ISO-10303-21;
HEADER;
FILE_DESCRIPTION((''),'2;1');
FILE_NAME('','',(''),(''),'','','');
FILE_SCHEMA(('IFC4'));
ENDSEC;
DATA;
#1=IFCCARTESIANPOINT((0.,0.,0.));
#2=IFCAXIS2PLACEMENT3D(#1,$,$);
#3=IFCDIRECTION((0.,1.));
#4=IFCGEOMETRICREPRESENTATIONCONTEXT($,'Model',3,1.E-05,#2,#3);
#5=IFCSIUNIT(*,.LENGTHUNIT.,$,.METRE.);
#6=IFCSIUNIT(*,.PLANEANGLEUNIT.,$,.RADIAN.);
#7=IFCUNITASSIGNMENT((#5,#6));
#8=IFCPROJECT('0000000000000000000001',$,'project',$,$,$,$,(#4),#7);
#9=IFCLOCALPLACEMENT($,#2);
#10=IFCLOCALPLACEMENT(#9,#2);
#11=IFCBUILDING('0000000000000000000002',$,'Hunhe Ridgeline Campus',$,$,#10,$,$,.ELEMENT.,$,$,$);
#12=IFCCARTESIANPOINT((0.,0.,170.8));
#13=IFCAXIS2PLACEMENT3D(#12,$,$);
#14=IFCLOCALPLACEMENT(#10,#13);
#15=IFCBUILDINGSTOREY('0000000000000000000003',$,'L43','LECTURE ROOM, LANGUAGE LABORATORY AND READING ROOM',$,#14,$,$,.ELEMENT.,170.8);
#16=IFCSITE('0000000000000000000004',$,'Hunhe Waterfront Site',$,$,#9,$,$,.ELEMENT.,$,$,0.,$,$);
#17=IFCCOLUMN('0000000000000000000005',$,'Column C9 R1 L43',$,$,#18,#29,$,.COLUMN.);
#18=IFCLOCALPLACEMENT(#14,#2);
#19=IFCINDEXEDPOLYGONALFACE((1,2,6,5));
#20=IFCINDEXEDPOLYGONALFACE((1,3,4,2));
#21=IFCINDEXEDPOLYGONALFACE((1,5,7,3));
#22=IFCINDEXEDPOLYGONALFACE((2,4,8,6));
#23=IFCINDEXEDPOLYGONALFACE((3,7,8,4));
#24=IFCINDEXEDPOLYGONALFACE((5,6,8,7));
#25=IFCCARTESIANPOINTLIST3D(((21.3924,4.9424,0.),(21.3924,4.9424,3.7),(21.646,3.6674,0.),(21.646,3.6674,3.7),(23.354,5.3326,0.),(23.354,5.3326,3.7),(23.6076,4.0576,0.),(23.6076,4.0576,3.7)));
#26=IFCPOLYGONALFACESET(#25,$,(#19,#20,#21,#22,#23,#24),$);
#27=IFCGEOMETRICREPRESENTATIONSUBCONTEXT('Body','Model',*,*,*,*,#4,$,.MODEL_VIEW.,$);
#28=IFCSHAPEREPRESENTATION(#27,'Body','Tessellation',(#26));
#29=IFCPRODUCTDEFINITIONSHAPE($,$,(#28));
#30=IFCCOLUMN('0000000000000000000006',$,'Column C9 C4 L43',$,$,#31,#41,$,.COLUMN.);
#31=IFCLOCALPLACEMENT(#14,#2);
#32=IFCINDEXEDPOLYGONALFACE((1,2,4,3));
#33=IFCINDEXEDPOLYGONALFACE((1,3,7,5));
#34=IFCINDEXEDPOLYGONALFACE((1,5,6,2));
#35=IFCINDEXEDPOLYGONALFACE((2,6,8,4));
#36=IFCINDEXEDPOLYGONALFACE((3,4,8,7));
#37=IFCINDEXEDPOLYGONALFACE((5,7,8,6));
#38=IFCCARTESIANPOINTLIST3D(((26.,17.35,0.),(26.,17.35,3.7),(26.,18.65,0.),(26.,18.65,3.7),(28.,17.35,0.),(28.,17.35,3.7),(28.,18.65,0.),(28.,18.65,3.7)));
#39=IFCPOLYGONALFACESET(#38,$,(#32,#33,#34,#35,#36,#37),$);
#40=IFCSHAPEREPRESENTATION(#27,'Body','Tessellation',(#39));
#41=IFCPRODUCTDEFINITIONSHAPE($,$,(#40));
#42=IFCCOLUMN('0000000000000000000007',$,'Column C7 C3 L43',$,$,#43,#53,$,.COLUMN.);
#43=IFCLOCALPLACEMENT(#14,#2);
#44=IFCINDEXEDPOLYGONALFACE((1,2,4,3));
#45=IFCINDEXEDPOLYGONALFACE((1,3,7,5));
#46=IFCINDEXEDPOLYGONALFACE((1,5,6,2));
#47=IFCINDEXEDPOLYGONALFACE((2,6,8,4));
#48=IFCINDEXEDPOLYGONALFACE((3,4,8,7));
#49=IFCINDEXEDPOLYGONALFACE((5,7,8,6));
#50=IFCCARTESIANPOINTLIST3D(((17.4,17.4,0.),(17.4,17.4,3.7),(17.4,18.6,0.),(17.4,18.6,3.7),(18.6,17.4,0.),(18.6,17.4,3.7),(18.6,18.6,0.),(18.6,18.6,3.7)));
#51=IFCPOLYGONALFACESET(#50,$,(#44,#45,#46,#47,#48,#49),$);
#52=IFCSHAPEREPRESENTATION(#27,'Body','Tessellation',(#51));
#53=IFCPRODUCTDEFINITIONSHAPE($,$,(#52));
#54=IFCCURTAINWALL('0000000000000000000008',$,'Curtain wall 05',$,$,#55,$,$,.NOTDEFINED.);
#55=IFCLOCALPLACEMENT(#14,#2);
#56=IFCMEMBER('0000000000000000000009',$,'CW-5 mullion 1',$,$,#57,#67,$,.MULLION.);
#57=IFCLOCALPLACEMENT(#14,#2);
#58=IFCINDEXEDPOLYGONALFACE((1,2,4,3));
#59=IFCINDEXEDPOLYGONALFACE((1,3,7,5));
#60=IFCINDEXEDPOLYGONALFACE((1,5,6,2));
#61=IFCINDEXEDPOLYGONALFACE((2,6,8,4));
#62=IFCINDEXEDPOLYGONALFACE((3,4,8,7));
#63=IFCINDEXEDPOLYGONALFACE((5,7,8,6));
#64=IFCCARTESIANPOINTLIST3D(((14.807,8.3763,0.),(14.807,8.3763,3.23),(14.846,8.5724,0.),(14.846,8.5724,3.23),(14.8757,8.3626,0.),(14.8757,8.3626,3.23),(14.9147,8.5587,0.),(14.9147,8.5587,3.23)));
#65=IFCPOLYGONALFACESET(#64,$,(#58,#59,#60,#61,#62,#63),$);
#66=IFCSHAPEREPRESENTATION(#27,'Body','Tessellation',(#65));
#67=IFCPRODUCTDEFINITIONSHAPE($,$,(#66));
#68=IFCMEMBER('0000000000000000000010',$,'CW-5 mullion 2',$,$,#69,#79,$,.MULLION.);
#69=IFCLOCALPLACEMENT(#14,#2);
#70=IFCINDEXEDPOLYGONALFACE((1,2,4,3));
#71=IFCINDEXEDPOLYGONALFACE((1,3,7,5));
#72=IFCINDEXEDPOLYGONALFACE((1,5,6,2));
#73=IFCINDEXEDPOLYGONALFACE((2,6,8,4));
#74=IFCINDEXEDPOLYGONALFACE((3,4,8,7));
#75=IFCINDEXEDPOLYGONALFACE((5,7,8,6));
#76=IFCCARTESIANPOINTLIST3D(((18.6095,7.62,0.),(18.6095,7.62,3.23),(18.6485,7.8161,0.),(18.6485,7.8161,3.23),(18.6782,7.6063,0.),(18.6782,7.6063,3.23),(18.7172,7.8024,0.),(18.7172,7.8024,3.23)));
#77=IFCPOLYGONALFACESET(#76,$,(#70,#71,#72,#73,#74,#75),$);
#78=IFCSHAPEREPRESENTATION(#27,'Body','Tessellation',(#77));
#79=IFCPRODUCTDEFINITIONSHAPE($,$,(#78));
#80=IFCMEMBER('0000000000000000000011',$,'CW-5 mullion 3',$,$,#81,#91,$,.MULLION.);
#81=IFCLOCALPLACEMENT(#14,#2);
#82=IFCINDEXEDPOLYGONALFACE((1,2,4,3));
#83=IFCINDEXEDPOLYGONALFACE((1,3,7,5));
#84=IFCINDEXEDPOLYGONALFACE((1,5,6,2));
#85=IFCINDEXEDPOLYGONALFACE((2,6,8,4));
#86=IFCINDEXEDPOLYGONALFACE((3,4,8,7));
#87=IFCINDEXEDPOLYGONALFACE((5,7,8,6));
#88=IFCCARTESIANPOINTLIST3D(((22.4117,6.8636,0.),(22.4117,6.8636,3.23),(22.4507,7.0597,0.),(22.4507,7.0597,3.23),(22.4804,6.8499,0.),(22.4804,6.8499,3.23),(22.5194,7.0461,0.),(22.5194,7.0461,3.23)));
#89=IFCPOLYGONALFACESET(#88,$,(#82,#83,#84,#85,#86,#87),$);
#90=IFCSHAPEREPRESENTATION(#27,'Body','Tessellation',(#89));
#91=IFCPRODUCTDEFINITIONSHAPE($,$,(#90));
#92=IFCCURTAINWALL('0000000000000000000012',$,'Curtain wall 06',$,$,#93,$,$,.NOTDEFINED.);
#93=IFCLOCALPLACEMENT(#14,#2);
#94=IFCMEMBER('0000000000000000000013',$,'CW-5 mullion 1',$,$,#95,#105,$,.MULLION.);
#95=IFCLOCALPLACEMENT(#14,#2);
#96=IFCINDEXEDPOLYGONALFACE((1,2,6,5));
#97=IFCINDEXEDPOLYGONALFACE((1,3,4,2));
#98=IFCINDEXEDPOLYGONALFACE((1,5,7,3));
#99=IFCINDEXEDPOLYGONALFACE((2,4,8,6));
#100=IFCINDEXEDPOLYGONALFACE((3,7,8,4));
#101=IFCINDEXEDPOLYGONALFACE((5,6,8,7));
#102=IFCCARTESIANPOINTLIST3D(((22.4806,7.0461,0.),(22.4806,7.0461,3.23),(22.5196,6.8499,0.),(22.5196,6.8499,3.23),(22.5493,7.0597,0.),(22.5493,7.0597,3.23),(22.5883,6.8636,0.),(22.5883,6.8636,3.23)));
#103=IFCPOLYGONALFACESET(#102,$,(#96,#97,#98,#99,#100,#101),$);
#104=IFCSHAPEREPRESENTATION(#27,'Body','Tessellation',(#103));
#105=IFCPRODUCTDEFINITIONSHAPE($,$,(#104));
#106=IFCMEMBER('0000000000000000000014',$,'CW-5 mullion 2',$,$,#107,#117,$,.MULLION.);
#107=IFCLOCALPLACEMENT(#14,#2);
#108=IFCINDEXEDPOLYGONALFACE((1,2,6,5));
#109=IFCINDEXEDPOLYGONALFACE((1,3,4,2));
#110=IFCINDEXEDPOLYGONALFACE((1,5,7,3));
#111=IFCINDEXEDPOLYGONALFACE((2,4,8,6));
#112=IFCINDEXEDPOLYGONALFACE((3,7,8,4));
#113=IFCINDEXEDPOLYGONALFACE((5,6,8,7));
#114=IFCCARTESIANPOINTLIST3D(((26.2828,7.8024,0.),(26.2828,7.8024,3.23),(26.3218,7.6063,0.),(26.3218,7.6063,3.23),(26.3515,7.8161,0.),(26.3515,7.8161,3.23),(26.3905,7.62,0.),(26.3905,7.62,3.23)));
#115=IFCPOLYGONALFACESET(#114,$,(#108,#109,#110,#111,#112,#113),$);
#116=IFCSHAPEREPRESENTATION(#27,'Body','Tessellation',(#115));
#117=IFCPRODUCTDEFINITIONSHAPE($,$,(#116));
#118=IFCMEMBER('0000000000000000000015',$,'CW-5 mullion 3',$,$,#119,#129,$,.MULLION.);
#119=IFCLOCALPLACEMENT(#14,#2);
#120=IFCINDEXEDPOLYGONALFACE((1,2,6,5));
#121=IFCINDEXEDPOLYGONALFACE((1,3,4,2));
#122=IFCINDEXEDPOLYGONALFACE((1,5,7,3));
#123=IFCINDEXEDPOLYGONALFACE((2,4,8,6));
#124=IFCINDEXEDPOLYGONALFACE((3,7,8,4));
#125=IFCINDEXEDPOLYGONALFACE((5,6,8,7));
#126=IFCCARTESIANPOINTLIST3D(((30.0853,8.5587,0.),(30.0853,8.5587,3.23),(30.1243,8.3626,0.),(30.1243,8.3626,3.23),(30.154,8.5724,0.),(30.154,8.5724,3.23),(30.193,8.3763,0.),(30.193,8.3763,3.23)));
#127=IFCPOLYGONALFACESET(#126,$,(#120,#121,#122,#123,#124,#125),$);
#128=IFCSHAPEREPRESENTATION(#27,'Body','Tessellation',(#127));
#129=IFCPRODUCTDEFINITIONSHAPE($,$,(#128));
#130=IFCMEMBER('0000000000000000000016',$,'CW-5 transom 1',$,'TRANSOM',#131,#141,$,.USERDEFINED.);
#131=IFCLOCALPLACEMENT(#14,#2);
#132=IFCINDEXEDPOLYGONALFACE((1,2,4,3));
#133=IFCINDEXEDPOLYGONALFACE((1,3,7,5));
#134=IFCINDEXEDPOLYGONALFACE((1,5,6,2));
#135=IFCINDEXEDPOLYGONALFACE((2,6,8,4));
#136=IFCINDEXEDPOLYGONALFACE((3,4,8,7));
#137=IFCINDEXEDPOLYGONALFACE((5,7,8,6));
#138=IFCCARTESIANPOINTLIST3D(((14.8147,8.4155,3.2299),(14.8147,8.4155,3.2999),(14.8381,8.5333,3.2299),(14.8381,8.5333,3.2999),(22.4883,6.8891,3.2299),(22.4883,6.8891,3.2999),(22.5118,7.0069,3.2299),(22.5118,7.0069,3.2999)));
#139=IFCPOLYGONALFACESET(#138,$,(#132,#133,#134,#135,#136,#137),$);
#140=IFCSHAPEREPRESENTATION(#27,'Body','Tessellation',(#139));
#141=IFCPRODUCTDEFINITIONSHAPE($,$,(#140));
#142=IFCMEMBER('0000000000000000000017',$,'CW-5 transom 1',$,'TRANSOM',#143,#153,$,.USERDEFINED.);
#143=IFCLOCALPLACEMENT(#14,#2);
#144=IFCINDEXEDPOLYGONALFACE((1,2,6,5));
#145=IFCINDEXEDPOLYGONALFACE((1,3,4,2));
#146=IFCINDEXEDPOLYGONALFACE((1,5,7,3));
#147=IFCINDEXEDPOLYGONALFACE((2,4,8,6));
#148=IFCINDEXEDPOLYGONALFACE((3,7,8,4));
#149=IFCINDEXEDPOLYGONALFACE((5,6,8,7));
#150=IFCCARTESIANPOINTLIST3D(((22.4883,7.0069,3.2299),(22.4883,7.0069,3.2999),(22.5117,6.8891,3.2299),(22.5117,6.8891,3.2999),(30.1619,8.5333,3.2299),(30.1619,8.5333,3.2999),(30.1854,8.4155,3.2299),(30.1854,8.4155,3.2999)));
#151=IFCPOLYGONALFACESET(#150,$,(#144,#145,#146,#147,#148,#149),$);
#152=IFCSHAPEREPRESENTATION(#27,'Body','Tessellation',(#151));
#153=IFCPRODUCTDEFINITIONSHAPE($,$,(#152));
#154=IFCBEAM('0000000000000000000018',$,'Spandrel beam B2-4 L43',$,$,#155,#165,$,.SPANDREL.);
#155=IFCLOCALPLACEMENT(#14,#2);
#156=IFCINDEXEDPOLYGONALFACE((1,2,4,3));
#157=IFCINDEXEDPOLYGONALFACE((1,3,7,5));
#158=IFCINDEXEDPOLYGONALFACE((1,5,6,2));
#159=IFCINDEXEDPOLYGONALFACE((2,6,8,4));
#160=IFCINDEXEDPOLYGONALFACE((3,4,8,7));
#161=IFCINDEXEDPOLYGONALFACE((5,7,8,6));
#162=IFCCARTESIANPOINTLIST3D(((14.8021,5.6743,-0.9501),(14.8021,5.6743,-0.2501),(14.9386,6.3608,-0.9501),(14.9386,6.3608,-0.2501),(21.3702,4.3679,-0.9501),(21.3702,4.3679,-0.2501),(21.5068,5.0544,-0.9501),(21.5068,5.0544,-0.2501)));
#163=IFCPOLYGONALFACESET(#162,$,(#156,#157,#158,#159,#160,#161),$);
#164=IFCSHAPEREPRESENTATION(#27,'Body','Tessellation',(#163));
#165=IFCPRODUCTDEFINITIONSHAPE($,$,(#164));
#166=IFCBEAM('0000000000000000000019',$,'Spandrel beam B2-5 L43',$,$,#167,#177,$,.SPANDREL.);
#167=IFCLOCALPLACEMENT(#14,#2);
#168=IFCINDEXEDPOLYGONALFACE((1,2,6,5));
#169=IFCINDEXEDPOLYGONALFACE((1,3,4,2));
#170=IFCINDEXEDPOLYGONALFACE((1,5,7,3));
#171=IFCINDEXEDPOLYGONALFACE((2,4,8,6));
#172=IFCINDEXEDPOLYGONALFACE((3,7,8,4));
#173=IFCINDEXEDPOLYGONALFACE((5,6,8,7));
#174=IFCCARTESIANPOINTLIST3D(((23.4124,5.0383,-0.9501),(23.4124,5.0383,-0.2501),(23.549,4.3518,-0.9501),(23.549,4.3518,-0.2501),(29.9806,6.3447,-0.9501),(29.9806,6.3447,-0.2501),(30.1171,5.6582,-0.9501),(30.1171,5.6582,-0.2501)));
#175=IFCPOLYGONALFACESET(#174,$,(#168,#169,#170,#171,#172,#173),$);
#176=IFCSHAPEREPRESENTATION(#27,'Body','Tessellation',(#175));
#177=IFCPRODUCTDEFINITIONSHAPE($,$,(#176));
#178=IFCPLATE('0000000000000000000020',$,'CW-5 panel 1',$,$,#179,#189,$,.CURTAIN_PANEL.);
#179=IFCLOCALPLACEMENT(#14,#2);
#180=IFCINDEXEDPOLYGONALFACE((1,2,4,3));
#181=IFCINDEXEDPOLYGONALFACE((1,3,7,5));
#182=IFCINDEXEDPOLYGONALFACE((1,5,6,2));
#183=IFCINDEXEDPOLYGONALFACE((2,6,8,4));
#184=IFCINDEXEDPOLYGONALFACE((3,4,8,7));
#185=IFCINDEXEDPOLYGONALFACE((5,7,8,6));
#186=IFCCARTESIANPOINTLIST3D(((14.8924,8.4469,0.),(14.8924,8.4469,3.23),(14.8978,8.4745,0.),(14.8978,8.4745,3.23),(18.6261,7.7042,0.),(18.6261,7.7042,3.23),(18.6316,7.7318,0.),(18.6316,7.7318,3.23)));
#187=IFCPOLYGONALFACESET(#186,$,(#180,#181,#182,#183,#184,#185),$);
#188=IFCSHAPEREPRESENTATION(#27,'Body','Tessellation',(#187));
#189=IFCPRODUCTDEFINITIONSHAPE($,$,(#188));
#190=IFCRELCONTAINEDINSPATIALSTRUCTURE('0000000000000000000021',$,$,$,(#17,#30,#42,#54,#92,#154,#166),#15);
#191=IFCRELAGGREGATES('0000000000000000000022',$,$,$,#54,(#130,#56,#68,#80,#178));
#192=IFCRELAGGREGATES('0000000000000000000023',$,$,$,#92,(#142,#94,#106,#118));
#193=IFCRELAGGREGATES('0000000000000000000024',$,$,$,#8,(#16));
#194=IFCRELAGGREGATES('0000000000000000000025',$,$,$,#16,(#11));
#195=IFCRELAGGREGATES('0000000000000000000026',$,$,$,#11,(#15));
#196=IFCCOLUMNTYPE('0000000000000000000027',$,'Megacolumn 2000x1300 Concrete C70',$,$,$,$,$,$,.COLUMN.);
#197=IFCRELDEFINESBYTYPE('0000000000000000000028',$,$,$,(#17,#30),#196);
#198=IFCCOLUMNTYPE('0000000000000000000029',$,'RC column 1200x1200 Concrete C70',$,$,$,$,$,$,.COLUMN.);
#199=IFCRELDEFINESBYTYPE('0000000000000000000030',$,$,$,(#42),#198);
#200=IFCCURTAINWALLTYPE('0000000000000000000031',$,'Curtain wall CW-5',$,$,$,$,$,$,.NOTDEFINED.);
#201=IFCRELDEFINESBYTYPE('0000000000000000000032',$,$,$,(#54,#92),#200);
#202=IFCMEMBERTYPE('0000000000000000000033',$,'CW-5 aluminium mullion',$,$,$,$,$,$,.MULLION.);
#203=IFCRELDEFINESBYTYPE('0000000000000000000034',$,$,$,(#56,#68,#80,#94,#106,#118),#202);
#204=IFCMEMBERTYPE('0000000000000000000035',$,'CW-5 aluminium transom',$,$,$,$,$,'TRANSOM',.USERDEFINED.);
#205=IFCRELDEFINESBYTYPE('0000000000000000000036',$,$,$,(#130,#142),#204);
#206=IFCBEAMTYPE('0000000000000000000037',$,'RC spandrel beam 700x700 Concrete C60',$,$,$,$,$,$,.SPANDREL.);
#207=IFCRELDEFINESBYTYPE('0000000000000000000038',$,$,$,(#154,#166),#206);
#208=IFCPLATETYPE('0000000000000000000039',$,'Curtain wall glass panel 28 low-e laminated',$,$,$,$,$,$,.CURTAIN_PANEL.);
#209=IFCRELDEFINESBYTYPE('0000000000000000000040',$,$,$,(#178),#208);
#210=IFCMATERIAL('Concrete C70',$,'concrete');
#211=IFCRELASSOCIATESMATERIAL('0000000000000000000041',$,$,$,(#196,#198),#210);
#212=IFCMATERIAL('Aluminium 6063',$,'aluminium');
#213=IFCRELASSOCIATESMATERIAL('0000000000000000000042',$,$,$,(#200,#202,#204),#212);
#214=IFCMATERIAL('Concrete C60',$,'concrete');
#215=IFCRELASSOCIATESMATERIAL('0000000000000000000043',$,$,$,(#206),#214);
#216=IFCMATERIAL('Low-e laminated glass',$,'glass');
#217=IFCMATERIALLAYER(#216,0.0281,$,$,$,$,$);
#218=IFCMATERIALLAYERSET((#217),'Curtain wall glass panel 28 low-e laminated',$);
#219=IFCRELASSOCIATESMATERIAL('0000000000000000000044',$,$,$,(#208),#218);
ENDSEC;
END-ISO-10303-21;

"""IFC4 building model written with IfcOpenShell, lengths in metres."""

from ifc_helpers import new_model, si_unit, direction, frame, origin, origin_2d, place, context, subcontext, project, spatial, rectangle, extrude, material, layer, layer_set, material_profile, profile_set, type_object, element, aggregate, save


model = new_model("IFC4")

# Units and contexts
model_context = context("Model", 3, precision=1e-05, world=origin(), true_north=direction((0.0, 1.0)))
body_context = subcontext(model_context, "Body", "Model", "MODEL_VIEW")
ifc_project = project(units=[si_unit("LENGTHUNIT", "METRE"), si_unit("PLANEANGLEUNIT", "RADIAN")], contexts=[model_context])

# Site, building, storey
site_placement = place(None, origin())
site = spatial("IfcSite", under=ifc_project, at=site_placement, Name="Hunhe Waterfront Site", CompositionType="ELEMENT", RefElevation=0.0)
building_placement = place(site_placement, origin())
building = spatial("IfcBuilding", under=site, at=building_placement, Name="Hunhe Ridgeline Campus", CompositionType="ELEMENT")
storey_placement = place(building_placement, frame((0.0, 0.0, 170.8)))
storey = spatial("IfcBuildingStorey", under=building, at=storey_placement, Name="L43", Description="LECTURE ROOM, LANGUAGE LABORATORY AND READING ROOM", CompositionType="ELEMENT", Elevation=170.8)

# Columns
ifc_material_1 = material(Name="Concrete C70", Category="concrete")
ifc_material_profile_1 = material_profile(ifc_material_1, rectangle(XDim=2.0, YDim=1.3, at=origin_2d()))
ifc_profile_set_1 = profile_set([ifc_material_profile_1], Name="Concrete C70")
column_type_1 = type_object("IfcColumnType", Name="Megacolumn 2000x1300 Concrete C70", PredefinedType="COLUMN", material=ifc_profile_set_1)
for number, where, z_axis, x_axis, name in (
    (1, (22.5, 4.5, 0.0), (0.0, 0.0, 1.0), (0.980785, 0.19509, 0.0), "Column C9 R1 L43"),
    (2, (27.0, 18.0, 0.0), (0.0, 0.0, 1.0), (1.0, 0.0, 0.0), "Column C9 C4 L43"),
):
    element("IfcColumn", number, at=place(storey_placement, frame(where, z_axis=z_axis, x_axis=x_axis)), inside=storey, type_object=column_type_1, Name=name, PredefinedType="COLUMN", context=body_context, shape_type="SweptSolid", body=[
        extrude(rectangle(XDim=2.0, YDim=1.3, at=origin_2d()), origin(), (0.0, 0.0, 1.0), 3.7),
    ])
ifc_material_profile_2 = material_profile(ifc_material_1, rectangle(XDim=1.2, YDim=1.2, at=origin_2d()))
ifc_profile_set_2 = profile_set([ifc_material_profile_2], Name="Concrete C70")
column_type_2 = type_object("IfcColumnType", Name="RC column 1200x1200 Concrete C70", PredefinedType="COLUMN", material=ifc_profile_set_2)
column_placement = place(storey_placement, frame((18.0, 18.0, 0.0), z_axis=(0.0, 0.0, 1.0), x_axis=(1.0, 0.0, 0.0)))
element("IfcColumn", 3, at=column_placement, inside=storey, type_object=column_type_2, Name="Column C7 C3 L43", PredefinedType="COLUMN", context=body_context, shape_type="SweptSolid", body=[
    extrude(rectangle(XDim=1.2, YDim=1.2, at=origin_2d()), origin(), (0.0, 0.0, 1.0), 3.7),
])

# Curtain walls, members
ifc_material_2 = material(Name="Aluminium 6063", Category="aluminium")
curtain_wall_type = type_object("IfcCurtainWallType", Name="Curtain wall CW-5", PredefinedType="NOTDEFINED", material=ifc_material_2)
curtain_wall_1_placement = place(storey_placement, origin())
curtain_wall_1 = element("IfcCurtainWall", 4, at=curtain_wall_1_placement, inside=storey, type_object=curtain_wall_type, Name="Curtain wall 05", PredefinedType="NOTDEFINED")
ifc_material_profile_3 = material_profile(ifc_material_2, rectangle(XDim=0.2, YDim=0.0701, at=origin_2d()))
ifc_profile_set_3 = profile_set([ifc_material_profile_3], Name="Aluminium 6063")
member_type_1 = type_object("IfcMemberType", Name="CW-5 aluminium mullion", PredefinedType="MULLION", material=ifc_profile_set_3)
member_1_placement = place(storey_placement, frame((14.8608, 8.4675, 0.0), z_axis=(0.0, 0.0, 1.0), x_axis=(0.19509, 0.980785, 0.0)))
member_1 = element("IfcMember", 5, at=member_1_placement, type_object=member_type_1, Name="CW-5 mullion 1", PredefinedType="MULLION", context=body_context, shape_type="SweptSolid", body=[
    extrude(rectangle(XDim=0.2, YDim=0.0701, at=origin_2d()), origin(), (0.0, 0.0, 1.0), 3.23),
])
member_2_placement = place(storey_placement, frame((18.6633, 7.7112, 0.0), z_axis=(0.0, 0.0, 1.0), x_axis=(0.19509, 0.980785, 0.0)))
member_2 = element("IfcMember", 6, at=member_2_placement, type_object=member_type_1, Name="CW-5 mullion 2", PredefinedType="MULLION", context=body_context, shape_type="SweptSolid", body=[
    extrude(rectangle(XDim=0.2, YDim=0.0701, at=origin_2d()), origin(), (0.0, 0.0, 1.0), 3.23),
])
member_3_placement = place(storey_placement, frame((22.4656, 6.9548, 0.0), z_axis=(0.0, 0.0, 1.0), x_axis=(0.19509, 0.980785, 0.0)))
member_3 = element("IfcMember", 7, at=member_3_placement, type_object=member_type_1, Name="CW-5 mullion 3", PredefinedType="MULLION", context=body_context, shape_type="SweptSolid", body=[
    extrude(rectangle(XDim=0.2, YDim=0.0701, at=origin_2d()), origin(), (0.0, 0.0, 1.0), 3.23),
])
curtain_wall_2_placement = place(storey_placement, origin())
curtain_wall_2 = element("IfcCurtainWall", 8, at=curtain_wall_2_placement, inside=storey, type_object=curtain_wall_type, Name="Curtain wall 06", PredefinedType="NOTDEFINED")
member_4_placement = place(storey_placement, frame((22.5344, 6.9548, 0.0), z_axis=(0.0, 0.0, 1.0), x_axis=(-0.19509, 0.980785, 0.0)))
member_4 = element("IfcMember", 9, at=member_4_placement, type_object=member_type_1, Name="CW-5 mullion 1", PredefinedType="MULLION", context=body_context, shape_type="SweptSolid", body=[
    extrude(rectangle(XDim=0.2, YDim=0.0701, at=origin_2d()), origin(), (0.0, 0.0, 1.0), 3.23),
])
member_5_placement = place(storey_placement, frame((26.3367, 7.7112, 0.0), z_axis=(0.0, 0.0, 1.0), x_axis=(-0.19509, 0.980785, 0.0)))
member_5 = element("IfcMember", 10, at=member_5_placement, type_object=member_type_1, Name="CW-5 mullion 2", PredefinedType="MULLION", context=body_context, shape_type="SweptSolid", body=[
    extrude(rectangle(XDim=0.2, YDim=0.0701, at=origin_2d()), origin(), (0.0, 0.0, 1.0), 3.23),
])
member_6_placement = place(storey_placement, frame((30.1392, 8.4675, 0.0), z_axis=(0.0, 0.0, 1.0), x_axis=(-0.19509, 0.980785, 0.0)))
member_6 = element("IfcMember", 11, at=member_6_placement, type_object=member_type_1, Name="CW-5 mullion 3", PredefinedType="MULLION", context=body_context, shape_type="SweptSolid", body=[
    extrude(rectangle(XDim=0.2, YDim=0.0701, at=origin_2d()), origin(), (0.0, 0.0, 1.0), 3.23),
])

# Members
ifc_material_profile_4 = material_profile(ifc_material_2, rectangle(XDim=0.1201, YDim=0.0701, at=origin_2d()))
ifc_profile_set_4 = profile_set([ifc_material_profile_4], Name="Aluminium 6063")
member_type_2 = type_object("IfcMemberType", Name="CW-5 aluminium transom", ElementType="TRANSOM", PredefinedType="USERDEFINED", material=ifc_profile_set_4)
member_7_placement = place(storey_placement, frame((14.8264, 8.4744, 3.2649), z_axis=(0.980785, -0.19509, 0.0), x_axis=(0.19509, 0.980785, 0.0)))
member_7 = element("IfcMember", 12, at=member_7_placement, type_object=member_type_2, Name="CW-5 transom 1", ObjectType="TRANSOM", PredefinedType="USERDEFINED", context=body_context, shape_type="SweptSolid", body=[
    extrude(rectangle(XDim=0.1201, YDim=0.0701, at=origin_2d()), origin(), (0.0, 0.0, 1.0), 7.824),
])
member_8_placement = place(storey_placement, frame((22.5, 6.948, 3.2649), z_axis=(0.980785, 0.19509, 0.0), x_axis=(-0.19509, 0.980785, 0.0)))
member_8 = element("IfcMember", 13, at=member_8_placement, type_object=member_type_2, Name="CW-5 transom 1", ObjectType="TRANSOM", PredefinedType="USERDEFINED", context=body_context, shape_type="SweptSolid", body=[
    extrude(rectangle(XDim=0.1201, YDim=0.0701, at=origin_2d()), origin(), (0.0, 0.0, 1.0), 7.824),
])

# Beams
ifc_material_3 = material(Name="Concrete C60", Category="concrete")
ifc_material_profile_5 = material_profile(ifc_material_3, rectangle(XDim=0.7, YDim=0.7, at=origin_2d()))
ifc_profile_set_5 = profile_set([ifc_material_profile_5], Name="Concrete C60")
beam_type = type_object("IfcBeamType", Name="RC spandrel beam 700x700 Concrete C60", PredefinedType="SPANDREL", material=ifc_profile_set_5)
for number, where, z_axis, x_axis, name in (
    (14, (14.8704, 6.0176, -0.6001), (0.980788, -0.195078, 0.0), (0.195078, 0.980788, 0.0), "Spandrel beam B2-4 L43"),
    (15, (23.4807, 4.6951, -0.6001), (0.980788, 0.195078, 0.0), (-0.195078, 0.980788, 0.0), "Spandrel beam B2-5 L43"),
):
    element("IfcBeam", number, at=place(storey_placement, frame(where, z_axis=z_axis, x_axis=x_axis)), inside=storey, type_object=beam_type, Name=name, PredefinedType="SPANDREL", context=body_context, shape_type="SweptSolid", body=[
        extrude(rectangle(XDim=0.7, YDim=0.7, at=origin_2d()), origin(), (0.0, 0.0, 1.0), 6.6968),
    ])

# Plate
ifc_material_4 = material(Name="Low-e laminated glass", Category="glass")
ifc_layer_1 = layer(ifc_material_4, 0.0281)
ifc_layer_set_1 = layer_set([ifc_layer_1], Name="Curtain wall glass panel 28 low-e laminated")
plate_type = type_object("IfcPlateType", Name="Curtain wall glass panel 28 low-e laminated", PredefinedType="CURTAIN_PANEL", material=ifc_layer_set_1)
plate_1_placement = place(storey_placement, frame((16.762, 8.0894, 0.0), z_axis=(0.0, 0.0, 1.0), x_axis=(0.980785, -0.19509, 0.0)))
plate_1 = element("IfcPlate", 16, at=plate_1_placement, type_object=plate_type, Name="CW-5 panel 1", PredefinedType="CURTAIN_PANEL", context=body_context, shape_type="SweptSolid", body=[
    extrude(rectangle(XDim=3.8069, YDim=0.0281, at=origin_2d()), origin(), (0.0, 0.0, 1.0), 3.23),
])
aggregate(curtain_wall_1, [member_7, member_1, member_2, member_3, plate_1])
aggregate(curtain_wall_2, [member_8, member_4, member_5, member_6])

save(model, "model.ifc")
